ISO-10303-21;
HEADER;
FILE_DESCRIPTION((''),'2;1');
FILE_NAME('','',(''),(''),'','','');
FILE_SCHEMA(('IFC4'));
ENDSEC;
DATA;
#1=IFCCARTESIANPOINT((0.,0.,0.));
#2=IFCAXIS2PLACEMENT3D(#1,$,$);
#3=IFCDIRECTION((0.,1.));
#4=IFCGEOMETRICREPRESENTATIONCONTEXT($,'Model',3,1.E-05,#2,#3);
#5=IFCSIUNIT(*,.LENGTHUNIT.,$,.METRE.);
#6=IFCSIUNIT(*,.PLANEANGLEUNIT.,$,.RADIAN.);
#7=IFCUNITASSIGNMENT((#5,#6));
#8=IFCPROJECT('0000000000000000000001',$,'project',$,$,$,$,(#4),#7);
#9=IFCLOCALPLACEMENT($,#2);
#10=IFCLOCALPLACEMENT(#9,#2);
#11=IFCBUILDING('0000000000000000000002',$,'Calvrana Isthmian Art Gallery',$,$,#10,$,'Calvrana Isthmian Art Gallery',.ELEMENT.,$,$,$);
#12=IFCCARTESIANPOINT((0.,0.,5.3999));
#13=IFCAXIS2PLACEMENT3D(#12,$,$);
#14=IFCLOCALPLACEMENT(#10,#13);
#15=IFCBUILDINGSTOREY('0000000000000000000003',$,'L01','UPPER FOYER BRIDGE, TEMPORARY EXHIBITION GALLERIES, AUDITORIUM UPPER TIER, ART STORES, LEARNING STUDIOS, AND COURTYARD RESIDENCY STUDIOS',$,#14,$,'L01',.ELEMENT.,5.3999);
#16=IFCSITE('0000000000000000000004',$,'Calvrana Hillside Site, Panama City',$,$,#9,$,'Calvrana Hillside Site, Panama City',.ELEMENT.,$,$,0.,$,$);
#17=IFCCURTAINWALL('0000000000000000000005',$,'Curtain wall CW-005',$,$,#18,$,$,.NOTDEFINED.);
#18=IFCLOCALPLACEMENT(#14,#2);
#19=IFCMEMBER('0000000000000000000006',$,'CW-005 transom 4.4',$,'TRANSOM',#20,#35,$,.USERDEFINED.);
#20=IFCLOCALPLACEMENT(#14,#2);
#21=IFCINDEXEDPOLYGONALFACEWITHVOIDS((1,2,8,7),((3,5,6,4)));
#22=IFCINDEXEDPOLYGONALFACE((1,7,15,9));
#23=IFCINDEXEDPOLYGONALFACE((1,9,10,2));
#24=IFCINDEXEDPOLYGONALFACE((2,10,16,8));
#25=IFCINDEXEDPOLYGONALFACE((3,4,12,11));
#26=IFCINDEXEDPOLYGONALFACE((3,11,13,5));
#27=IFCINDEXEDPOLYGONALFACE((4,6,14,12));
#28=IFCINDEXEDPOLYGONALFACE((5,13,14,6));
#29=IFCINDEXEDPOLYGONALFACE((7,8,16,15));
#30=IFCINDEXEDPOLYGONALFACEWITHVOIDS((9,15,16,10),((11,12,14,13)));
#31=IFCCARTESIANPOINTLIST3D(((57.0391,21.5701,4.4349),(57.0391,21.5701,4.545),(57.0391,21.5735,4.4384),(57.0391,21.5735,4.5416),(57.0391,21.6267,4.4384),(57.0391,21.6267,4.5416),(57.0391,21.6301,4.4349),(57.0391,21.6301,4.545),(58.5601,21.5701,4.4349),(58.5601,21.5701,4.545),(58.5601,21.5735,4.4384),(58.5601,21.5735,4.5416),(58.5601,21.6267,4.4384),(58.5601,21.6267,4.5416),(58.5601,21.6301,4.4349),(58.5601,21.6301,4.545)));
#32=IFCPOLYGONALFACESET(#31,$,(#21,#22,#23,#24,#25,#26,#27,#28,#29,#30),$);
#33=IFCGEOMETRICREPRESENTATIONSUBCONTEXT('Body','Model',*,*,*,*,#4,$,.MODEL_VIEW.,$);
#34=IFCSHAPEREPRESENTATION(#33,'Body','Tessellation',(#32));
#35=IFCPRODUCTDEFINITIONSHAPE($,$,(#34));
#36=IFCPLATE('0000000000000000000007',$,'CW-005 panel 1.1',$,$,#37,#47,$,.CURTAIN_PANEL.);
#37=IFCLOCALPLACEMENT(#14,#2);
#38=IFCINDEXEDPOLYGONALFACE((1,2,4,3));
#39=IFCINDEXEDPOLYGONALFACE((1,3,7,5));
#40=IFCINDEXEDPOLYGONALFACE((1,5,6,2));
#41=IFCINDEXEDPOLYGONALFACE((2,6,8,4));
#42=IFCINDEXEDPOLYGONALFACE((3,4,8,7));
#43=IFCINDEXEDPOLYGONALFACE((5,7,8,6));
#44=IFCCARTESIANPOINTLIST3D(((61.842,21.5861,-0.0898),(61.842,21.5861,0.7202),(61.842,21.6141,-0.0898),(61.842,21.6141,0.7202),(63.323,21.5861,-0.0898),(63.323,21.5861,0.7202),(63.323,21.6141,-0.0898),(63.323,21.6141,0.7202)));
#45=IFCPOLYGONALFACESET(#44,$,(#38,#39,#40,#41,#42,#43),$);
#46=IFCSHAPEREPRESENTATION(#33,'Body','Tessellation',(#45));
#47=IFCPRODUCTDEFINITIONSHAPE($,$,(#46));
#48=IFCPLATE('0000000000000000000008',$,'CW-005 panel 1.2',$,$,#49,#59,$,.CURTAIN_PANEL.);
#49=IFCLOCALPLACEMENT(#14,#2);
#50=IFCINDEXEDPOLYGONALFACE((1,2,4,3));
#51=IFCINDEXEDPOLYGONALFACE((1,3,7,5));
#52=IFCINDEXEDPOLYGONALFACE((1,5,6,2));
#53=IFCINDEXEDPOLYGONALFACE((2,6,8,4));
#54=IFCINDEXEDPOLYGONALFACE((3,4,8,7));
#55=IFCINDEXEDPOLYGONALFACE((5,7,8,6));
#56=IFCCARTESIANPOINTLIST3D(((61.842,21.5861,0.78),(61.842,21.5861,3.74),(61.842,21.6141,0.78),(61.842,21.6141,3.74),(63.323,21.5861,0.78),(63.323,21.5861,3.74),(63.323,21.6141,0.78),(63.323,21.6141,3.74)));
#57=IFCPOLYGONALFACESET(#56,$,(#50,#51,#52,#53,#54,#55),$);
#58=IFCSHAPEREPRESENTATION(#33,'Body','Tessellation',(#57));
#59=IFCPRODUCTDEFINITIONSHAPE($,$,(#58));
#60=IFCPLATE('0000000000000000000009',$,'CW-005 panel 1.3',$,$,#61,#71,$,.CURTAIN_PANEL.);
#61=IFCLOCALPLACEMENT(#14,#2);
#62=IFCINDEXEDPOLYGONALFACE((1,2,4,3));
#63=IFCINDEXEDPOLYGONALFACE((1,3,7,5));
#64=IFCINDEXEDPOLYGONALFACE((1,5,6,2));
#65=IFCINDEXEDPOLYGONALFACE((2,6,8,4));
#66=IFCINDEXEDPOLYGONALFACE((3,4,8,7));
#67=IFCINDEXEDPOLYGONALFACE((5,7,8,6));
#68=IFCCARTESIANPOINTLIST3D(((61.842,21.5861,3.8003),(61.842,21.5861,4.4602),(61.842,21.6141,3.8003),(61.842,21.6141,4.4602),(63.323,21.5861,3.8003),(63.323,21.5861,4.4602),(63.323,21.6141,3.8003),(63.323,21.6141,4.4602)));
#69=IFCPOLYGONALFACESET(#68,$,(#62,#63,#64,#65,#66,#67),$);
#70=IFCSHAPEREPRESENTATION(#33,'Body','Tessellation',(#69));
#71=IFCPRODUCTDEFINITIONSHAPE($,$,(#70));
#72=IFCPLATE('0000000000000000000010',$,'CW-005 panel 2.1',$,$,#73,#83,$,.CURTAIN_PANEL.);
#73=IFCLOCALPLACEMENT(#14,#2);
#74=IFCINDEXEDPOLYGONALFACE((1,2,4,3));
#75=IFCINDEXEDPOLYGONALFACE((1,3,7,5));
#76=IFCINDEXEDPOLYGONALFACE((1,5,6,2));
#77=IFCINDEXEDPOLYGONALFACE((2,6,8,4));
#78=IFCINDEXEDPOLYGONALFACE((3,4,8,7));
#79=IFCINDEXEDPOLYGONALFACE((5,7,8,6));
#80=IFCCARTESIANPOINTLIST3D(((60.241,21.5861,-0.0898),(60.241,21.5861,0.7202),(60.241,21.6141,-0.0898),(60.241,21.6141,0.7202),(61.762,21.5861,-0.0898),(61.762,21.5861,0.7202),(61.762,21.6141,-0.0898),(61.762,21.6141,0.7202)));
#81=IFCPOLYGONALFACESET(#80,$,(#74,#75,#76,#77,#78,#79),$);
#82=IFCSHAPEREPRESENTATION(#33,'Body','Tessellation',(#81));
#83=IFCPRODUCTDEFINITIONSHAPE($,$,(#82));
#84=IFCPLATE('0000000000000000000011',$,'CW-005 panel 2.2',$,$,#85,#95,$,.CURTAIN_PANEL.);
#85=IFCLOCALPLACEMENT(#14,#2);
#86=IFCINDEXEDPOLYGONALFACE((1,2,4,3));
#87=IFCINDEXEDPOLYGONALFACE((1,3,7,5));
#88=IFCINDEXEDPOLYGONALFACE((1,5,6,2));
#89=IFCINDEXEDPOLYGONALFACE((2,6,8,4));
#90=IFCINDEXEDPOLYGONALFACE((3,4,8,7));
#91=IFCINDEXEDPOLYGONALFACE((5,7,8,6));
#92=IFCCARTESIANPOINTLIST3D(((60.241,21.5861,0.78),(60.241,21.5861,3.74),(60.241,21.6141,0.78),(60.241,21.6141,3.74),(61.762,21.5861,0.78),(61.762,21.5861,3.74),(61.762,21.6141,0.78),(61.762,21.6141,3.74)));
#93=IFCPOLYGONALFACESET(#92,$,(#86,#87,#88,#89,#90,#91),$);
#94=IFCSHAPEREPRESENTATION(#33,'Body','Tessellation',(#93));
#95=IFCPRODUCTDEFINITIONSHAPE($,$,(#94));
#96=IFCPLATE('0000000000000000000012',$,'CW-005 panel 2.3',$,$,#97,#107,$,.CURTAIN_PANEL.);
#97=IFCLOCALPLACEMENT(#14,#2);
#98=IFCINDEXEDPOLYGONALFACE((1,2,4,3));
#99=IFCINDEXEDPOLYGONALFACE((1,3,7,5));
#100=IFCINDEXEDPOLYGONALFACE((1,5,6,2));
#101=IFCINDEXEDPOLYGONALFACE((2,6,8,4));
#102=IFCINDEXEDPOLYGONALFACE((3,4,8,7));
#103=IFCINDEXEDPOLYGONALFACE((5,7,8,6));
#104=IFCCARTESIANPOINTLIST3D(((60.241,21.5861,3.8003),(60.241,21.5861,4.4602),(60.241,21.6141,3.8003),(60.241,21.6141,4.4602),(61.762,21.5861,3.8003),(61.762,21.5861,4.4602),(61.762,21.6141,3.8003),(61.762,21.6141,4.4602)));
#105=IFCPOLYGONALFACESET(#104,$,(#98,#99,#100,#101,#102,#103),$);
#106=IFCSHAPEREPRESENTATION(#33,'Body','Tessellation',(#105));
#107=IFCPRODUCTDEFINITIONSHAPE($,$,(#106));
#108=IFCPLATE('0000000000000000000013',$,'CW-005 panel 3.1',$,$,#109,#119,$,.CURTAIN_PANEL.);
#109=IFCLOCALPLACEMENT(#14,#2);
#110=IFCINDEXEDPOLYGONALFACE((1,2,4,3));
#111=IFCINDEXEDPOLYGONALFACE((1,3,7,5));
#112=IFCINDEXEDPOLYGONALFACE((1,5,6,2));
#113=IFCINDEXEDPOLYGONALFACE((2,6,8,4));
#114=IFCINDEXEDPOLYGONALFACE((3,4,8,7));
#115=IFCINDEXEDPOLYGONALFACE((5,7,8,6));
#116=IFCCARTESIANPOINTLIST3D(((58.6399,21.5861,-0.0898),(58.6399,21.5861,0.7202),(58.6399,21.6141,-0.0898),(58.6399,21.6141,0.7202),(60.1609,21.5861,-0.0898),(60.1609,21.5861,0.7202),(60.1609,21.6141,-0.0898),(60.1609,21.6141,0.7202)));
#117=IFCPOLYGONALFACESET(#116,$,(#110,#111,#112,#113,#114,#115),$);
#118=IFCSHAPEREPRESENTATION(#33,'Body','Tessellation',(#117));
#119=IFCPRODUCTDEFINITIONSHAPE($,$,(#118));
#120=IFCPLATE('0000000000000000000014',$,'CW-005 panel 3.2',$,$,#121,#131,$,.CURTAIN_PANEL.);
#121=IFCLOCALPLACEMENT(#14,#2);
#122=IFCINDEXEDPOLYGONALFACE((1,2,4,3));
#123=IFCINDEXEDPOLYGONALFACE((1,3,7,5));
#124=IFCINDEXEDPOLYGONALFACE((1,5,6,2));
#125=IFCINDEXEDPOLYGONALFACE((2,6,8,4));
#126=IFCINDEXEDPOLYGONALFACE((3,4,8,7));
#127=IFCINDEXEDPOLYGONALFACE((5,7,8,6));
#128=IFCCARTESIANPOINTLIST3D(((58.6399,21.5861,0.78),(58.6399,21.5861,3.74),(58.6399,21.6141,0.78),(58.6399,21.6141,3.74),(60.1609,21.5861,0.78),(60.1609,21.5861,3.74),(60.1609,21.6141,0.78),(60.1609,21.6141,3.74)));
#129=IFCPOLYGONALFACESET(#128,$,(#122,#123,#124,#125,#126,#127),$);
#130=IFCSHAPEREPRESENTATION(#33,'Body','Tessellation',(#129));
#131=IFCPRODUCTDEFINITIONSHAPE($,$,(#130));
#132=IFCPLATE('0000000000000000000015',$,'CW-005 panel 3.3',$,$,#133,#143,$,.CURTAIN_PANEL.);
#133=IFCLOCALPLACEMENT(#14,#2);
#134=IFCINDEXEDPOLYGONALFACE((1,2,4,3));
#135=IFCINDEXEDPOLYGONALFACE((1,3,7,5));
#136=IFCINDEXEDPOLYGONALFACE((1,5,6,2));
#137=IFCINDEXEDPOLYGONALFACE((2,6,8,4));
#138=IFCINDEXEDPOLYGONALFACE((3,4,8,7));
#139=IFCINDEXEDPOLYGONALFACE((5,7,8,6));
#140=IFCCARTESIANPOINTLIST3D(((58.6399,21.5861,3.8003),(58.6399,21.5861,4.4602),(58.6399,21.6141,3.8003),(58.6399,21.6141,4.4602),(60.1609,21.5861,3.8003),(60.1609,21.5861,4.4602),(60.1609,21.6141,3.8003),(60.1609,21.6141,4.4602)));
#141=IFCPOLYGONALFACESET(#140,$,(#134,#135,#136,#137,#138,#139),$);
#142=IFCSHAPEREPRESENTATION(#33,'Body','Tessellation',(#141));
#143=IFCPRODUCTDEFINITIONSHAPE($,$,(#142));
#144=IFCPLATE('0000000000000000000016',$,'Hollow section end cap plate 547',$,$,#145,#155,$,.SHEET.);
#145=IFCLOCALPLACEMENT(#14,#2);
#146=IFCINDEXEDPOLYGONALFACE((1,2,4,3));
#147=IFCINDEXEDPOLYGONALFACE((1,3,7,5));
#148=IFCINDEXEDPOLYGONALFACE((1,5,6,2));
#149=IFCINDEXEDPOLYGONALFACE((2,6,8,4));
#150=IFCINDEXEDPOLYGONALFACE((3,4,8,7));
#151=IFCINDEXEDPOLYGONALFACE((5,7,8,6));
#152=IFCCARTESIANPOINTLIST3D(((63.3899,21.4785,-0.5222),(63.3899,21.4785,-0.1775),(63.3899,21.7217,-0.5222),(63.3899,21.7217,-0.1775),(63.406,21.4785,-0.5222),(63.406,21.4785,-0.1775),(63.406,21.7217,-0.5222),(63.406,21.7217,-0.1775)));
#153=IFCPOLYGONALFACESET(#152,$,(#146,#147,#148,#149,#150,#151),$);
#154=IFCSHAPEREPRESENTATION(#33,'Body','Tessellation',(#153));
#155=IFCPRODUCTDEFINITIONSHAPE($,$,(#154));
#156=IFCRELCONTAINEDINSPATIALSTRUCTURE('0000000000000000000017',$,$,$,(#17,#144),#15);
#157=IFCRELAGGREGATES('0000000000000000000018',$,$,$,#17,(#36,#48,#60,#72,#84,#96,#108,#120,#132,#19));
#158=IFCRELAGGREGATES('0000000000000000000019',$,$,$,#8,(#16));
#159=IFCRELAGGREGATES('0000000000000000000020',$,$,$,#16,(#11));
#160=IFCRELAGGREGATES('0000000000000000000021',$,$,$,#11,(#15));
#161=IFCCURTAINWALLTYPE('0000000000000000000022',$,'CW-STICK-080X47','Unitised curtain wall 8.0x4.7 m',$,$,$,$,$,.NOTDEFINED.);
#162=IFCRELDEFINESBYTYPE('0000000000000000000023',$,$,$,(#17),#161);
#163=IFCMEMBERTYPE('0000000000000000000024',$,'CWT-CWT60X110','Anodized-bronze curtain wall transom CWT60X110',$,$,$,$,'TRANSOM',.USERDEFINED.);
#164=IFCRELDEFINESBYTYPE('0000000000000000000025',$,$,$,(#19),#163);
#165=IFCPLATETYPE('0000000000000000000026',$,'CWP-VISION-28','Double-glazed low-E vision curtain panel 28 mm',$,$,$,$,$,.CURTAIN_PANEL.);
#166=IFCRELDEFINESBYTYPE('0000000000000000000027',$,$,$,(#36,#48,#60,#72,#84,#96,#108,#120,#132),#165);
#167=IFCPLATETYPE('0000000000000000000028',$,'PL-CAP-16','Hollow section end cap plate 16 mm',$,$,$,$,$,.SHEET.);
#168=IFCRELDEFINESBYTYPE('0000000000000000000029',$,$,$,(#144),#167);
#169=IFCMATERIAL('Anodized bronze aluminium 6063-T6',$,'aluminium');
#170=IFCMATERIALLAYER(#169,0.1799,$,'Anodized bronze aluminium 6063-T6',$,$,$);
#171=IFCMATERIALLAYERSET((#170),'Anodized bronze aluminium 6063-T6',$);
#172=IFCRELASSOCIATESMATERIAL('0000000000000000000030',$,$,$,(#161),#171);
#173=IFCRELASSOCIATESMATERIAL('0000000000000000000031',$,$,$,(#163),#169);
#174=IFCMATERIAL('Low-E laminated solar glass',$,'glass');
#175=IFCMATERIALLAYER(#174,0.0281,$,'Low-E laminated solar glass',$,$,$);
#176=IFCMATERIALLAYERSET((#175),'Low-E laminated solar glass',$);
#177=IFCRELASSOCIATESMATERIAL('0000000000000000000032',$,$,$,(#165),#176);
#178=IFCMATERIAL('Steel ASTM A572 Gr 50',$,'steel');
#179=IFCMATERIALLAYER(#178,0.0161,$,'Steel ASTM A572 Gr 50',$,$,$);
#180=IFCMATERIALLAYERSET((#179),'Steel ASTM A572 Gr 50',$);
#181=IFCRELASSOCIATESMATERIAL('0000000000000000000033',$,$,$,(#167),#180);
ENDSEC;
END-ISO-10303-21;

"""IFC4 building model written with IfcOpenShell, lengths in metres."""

from ifc_helpers import new_model, si_unit, direction, frame, origin, origin_2d, place, context, subcontext, project, spatial, rectangle, hollow_rectangle, extrude, material, layer, layer_set, material_profile, profile_set, type_object, element, aggregate, save


model = new_model("IFC4")

# Units and contexts
model_context = context("Model", 3, precision=1e-05, world=origin(), true_north=direction((0.0, 1.0)))
body_context = subcontext(model_context, "Body", "Model", "MODEL_VIEW")
ifc_project = project(units=[si_unit("LENGTHUNIT", "METRE"), si_unit("PLANEANGLEUNIT", "RADIAN")], contexts=[model_context])

# Site, building, storey
site_placement = place(None, origin())
site = spatial("IfcSite", under=ifc_project, at=site_placement, Name="Calvrana Hillside Site, Panama City", LongName="Calvrana Hillside Site, Panama City", CompositionType="ELEMENT", RefElevation=0.0)
building_placement = place(site_placement, origin())
building = spatial("IfcBuilding", under=site, at=building_placement, Name="Calvrana Isthmian Art Gallery", LongName="Calvrana Isthmian Art Gallery", CompositionType="ELEMENT")
storey_placement = place(building_placement, frame((0.0, 0.0, 5.3999)))
storey = spatial("IfcBuildingStorey", under=building, at=storey_placement, Name="L01", Description="UPPER FOYER BRIDGE, TEMPORARY EXHIBITION GALLERIES, AUDITORIUM UPPER TIER, ART STORES, LEARNING STUDIOS, AND COURTYARD RESIDENCY STUDIOS", LongName="L01", CompositionType="ELEMENT", Elevation=5.3999)

# Curtain wall, member, plates
ifc_material_1 = material(Name="Anodized bronze aluminium 6063-T6", Category="aluminium")
ifc_layer_1 = layer(ifc_material_1, 0.1799, Name="Anodized bronze aluminium 6063-T6")
ifc_layer_set_1 = layer_set([ifc_layer_1], Name="Anodized bronze aluminium 6063-T6")
curtain_wall_type = type_object("IfcCurtainWallType", Name="CW-STICK-080X47", Description="Unitised curtain wall 8.0x4.7 m", PredefinedType="NOTDEFINED", material=ifc_layer_set_1)
curtain_wall_placement = place(storey_placement, origin())
curtain_wall = element("IfcCurtainWall", 1, at=curtain_wall_placement, inside=storey, type_object=curtain_wall_type, Name="Curtain wall CW-005", PredefinedType="NOTDEFINED")
ifc_material_profile_1 = material_profile(ifc_material_1, hollow_rectangle(XDim=0.0601, YDim=0.1101, WallThickness=0.0034, at=origin_2d()), Name="CWT60X110")
ifc_profile_set_1 = profile_set([ifc_material_profile_1], Name="Anodized bronze aluminium 6063-T6")
member_type_1 = type_object("IfcMemberType", Name="CWT-CWT60X110", Description="Anodized-bronze curtain wall transom CWT60X110", ElementType="TRANSOM", PredefinedType="USERDEFINED", material=ifc_profile_set_1)
member_1_placement = place(storey_placement, frame((58.5601, 21.6001, 4.49), z_axis=(-1.0, 0.0, 0.0), x_axis=(0.0, -1.0, 0.0)))
member_1 = element("IfcMember", 2, at=member_1_placement, type_object=member_type_1, Name="CW-005 transom 4.4", ObjectType="TRANSOM", PredefinedType="USERDEFINED", context=body_context, shape_type="SweptSolid", body=[
    extrude(hollow_rectangle(XDim=0.0601, YDim=0.1101, WallThickness=0.0034, at=origin_2d()), origin(), (0.0, 0.0, 1.0), 1.521),
])
ifc_material_2 = material(Name="Low-E laminated solar glass", Category="glass")
ifc_layer_2 = layer(ifc_material_2, 0.0281, Name="Low-E laminated solar glass")
ifc_layer_set_2 = layer_set([ifc_layer_2], Name="Low-E laminated solar glass")
plate_type_1 = type_object("IfcPlateType", Name="CWP-VISION-28", Description="Double-glazed low-E vision curtain panel 28 mm", PredefinedType="CURTAIN_PANEL", material=ifc_layer_set_2)
plate_1_placement = place(storey_placement, frame((62.5825, 21.6001, -0.0898), z_axis=(0.0, 0.0, 1.0), x_axis=(-1.0, 0.0, 0.0)))
plate_1 = element("IfcPlate", 3, at=plate_1_placement, type_object=plate_type_1, Name="CW-005 panel 1.1", PredefinedType="CURTAIN_PANEL", context=body_context, shape_type="SweptSolid", body=[
    extrude(rectangle(XDim=1.481, YDim=0.0281, at=origin_2d()), origin(), (0.0, 0.0, 1.0), 0.8101),
])
plate_2_placement = place(storey_placement, frame((62.5825, 21.6001, 0.78), z_axis=(0.0, 0.0, 1.0), x_axis=(-1.0, 0.0, 0.0)))
plate_2 = element("IfcPlate", 4, at=plate_2_placement, type_object=plate_type_1, Name="CW-005 panel 1.2", PredefinedType="CURTAIN_PANEL", context=body_context, shape_type="SweptSolid", body=[
    extrude(rectangle(XDim=1.481, YDim=0.0281, at=origin_2d()), origin(), (0.0, 0.0, 1.0), 2.96),
])
plate_3_placement = place(storey_placement, frame((62.5825, 21.6001, 3.8003), z_axis=(0.0, 0.0, 1.0), x_axis=(-1.0, 0.0, 0.0)))
plate_3 = element("IfcPlate", 5, at=plate_3_placement, type_object=plate_type_1, Name="CW-005 panel 1.3", PredefinedType="CURTAIN_PANEL", context=body_context, shape_type="SweptSolid", body=[
    extrude(rectangle(XDim=1.481, YDim=0.0281, at=origin_2d()), origin(), (0.0, 0.0, 1.0), 0.6599),
])
plate_4_placement = place(storey_placement, frame((61.0015, 21.6001, -0.0898), z_axis=(0.0, 0.0, 1.0), x_axis=(-1.0, 0.0, 0.0)))
plate_4 = element("IfcPlate", 6, at=plate_4_placement, type_object=plate_type_1, Name="CW-005 panel 2.1", PredefinedType="CURTAIN_PANEL", context=body_context, shape_type="SweptSolid", body=[
    extrude(rectangle(XDim=1.521, YDim=0.0281, at=origin_2d()), origin(), (0.0, 0.0, 1.0), 0.8101),
])
plate_5_placement = place(storey_placement, frame((61.0015, 21.6001, 0.78), z_axis=(0.0, 0.0, 1.0), x_axis=(-1.0, 0.0, 0.0)))
plate_5 = element("IfcPlate", 7, at=plate_5_placement, type_object=plate_type_1, Name="CW-005 panel 2.2", PredefinedType="CURTAIN_PANEL", context=body_context, shape_type="SweptSolid", body=[
    extrude(rectangle(XDim=1.521, YDim=0.0281, at=origin_2d()), origin(), (0.0, 0.0, 1.0), 2.96),
])
plate_6_placement = place(storey_placement, frame((61.0015, 21.6001, 3.8003), z_axis=(0.0, 0.0, 1.0), x_axis=(-1.0, 0.0, 0.0)))
plate_6 = element("IfcPlate", 8, at=plate_6_placement, type_object=plate_type_1, Name="CW-005 panel 2.3", PredefinedType="CURTAIN_PANEL", context=body_context, shape_type="SweptSolid", body=[
    extrude(rectangle(XDim=1.521, YDim=0.0281, at=origin_2d()), origin(), (0.0, 0.0, 1.0), 0.6599),
])
plate_7_placement = place(storey_placement, frame((59.4004, 21.6001, -0.0898), z_axis=(0.0, 0.0, 1.0), x_axis=(-1.0, 0.0, 0.0)))
plate_7 = element("IfcPlate", 9, at=plate_7_placement, type_object=plate_type_1, Name="CW-005 panel 3.1", PredefinedType="CURTAIN_PANEL", context=body_context, shape_type="SweptSolid", body=[
    extrude(rectangle(XDim=1.521, YDim=0.0281, at=origin_2d()), origin(), (0.0, 0.0, 1.0), 0.8101),
])
plate_8_placement = place(storey_placement, frame((59.4004, 21.6001, 0.78), z_axis=(0.0, 0.0, 1.0), x_axis=(-1.0, 0.0, 0.0)))
plate_8 = element("IfcPlate", 10, at=plate_8_placement, type_object=plate_type_1, Name="CW-005 panel 3.2", PredefinedType="CURTAIN_PANEL", context=body_context, shape_type="SweptSolid", body=[
    extrude(rectangle(XDim=1.521, YDim=0.0281, at=origin_2d()), origin(), (0.0, 0.0, 1.0), 2.96),
])
plate_9_placement = place(storey_placement, frame((59.4004, 21.6001, 3.8003), z_axis=(0.0, 0.0, 1.0), x_axis=(-1.0, 0.0, 0.0)))
plate_9 = element("IfcPlate", 11, at=plate_9_placement, type_object=plate_type_1, Name="CW-005 panel 3.3", PredefinedType="CURTAIN_PANEL", context=body_context, shape_type="SweptSolid", body=[
    extrude(rectangle(XDim=1.521, YDim=0.0281, at=origin_2d()), origin(), (0.0, 0.0, 1.0), 0.6599),
])
aggregate(curtain_wall, [plate_1, plate_2, plate_3, plate_4, plate_5, plate_6, plate_7, plate_8, plate_9, member_1])

# Plate
ifc_material_3 = material(Name="Steel ASTM A572 Gr 50", Category="steel")
ifc_layer_3 = layer(ifc_material_3, 0.0161, Name="Steel ASTM A572 Gr 50")
ifc_layer_set_3 = layer_set([ifc_layer_3], Name="Steel ASTM A572 Gr 50")
plate_type_2 = type_object("IfcPlateType", Name="PL-CAP-16", Description="Hollow section end cap plate 16 mm", PredefinedType="SHEET", material=ifc_layer_set_3)
plate_10_placement = place(storey_placement, frame((63.3979, 21.6001, -0.5222), z_axis=(0.0, 0.0, 1.0), x_axis=(1.0, 0.0, 0.0)))
element("IfcPlate", 12, at=plate_10_placement, inside=storey, type_object=plate_type_2, Name="Hollow section end cap plate 547", PredefinedType="SHEET", context=body_context, shape_type="SweptSolid", body=[
    extrude(rectangle(XDim=0.0161, YDim=0.2432, at=origin_2d()), origin(), (0.0, 0.0, 1.0), 0.3447),
])

save(model, "model.ifc")
